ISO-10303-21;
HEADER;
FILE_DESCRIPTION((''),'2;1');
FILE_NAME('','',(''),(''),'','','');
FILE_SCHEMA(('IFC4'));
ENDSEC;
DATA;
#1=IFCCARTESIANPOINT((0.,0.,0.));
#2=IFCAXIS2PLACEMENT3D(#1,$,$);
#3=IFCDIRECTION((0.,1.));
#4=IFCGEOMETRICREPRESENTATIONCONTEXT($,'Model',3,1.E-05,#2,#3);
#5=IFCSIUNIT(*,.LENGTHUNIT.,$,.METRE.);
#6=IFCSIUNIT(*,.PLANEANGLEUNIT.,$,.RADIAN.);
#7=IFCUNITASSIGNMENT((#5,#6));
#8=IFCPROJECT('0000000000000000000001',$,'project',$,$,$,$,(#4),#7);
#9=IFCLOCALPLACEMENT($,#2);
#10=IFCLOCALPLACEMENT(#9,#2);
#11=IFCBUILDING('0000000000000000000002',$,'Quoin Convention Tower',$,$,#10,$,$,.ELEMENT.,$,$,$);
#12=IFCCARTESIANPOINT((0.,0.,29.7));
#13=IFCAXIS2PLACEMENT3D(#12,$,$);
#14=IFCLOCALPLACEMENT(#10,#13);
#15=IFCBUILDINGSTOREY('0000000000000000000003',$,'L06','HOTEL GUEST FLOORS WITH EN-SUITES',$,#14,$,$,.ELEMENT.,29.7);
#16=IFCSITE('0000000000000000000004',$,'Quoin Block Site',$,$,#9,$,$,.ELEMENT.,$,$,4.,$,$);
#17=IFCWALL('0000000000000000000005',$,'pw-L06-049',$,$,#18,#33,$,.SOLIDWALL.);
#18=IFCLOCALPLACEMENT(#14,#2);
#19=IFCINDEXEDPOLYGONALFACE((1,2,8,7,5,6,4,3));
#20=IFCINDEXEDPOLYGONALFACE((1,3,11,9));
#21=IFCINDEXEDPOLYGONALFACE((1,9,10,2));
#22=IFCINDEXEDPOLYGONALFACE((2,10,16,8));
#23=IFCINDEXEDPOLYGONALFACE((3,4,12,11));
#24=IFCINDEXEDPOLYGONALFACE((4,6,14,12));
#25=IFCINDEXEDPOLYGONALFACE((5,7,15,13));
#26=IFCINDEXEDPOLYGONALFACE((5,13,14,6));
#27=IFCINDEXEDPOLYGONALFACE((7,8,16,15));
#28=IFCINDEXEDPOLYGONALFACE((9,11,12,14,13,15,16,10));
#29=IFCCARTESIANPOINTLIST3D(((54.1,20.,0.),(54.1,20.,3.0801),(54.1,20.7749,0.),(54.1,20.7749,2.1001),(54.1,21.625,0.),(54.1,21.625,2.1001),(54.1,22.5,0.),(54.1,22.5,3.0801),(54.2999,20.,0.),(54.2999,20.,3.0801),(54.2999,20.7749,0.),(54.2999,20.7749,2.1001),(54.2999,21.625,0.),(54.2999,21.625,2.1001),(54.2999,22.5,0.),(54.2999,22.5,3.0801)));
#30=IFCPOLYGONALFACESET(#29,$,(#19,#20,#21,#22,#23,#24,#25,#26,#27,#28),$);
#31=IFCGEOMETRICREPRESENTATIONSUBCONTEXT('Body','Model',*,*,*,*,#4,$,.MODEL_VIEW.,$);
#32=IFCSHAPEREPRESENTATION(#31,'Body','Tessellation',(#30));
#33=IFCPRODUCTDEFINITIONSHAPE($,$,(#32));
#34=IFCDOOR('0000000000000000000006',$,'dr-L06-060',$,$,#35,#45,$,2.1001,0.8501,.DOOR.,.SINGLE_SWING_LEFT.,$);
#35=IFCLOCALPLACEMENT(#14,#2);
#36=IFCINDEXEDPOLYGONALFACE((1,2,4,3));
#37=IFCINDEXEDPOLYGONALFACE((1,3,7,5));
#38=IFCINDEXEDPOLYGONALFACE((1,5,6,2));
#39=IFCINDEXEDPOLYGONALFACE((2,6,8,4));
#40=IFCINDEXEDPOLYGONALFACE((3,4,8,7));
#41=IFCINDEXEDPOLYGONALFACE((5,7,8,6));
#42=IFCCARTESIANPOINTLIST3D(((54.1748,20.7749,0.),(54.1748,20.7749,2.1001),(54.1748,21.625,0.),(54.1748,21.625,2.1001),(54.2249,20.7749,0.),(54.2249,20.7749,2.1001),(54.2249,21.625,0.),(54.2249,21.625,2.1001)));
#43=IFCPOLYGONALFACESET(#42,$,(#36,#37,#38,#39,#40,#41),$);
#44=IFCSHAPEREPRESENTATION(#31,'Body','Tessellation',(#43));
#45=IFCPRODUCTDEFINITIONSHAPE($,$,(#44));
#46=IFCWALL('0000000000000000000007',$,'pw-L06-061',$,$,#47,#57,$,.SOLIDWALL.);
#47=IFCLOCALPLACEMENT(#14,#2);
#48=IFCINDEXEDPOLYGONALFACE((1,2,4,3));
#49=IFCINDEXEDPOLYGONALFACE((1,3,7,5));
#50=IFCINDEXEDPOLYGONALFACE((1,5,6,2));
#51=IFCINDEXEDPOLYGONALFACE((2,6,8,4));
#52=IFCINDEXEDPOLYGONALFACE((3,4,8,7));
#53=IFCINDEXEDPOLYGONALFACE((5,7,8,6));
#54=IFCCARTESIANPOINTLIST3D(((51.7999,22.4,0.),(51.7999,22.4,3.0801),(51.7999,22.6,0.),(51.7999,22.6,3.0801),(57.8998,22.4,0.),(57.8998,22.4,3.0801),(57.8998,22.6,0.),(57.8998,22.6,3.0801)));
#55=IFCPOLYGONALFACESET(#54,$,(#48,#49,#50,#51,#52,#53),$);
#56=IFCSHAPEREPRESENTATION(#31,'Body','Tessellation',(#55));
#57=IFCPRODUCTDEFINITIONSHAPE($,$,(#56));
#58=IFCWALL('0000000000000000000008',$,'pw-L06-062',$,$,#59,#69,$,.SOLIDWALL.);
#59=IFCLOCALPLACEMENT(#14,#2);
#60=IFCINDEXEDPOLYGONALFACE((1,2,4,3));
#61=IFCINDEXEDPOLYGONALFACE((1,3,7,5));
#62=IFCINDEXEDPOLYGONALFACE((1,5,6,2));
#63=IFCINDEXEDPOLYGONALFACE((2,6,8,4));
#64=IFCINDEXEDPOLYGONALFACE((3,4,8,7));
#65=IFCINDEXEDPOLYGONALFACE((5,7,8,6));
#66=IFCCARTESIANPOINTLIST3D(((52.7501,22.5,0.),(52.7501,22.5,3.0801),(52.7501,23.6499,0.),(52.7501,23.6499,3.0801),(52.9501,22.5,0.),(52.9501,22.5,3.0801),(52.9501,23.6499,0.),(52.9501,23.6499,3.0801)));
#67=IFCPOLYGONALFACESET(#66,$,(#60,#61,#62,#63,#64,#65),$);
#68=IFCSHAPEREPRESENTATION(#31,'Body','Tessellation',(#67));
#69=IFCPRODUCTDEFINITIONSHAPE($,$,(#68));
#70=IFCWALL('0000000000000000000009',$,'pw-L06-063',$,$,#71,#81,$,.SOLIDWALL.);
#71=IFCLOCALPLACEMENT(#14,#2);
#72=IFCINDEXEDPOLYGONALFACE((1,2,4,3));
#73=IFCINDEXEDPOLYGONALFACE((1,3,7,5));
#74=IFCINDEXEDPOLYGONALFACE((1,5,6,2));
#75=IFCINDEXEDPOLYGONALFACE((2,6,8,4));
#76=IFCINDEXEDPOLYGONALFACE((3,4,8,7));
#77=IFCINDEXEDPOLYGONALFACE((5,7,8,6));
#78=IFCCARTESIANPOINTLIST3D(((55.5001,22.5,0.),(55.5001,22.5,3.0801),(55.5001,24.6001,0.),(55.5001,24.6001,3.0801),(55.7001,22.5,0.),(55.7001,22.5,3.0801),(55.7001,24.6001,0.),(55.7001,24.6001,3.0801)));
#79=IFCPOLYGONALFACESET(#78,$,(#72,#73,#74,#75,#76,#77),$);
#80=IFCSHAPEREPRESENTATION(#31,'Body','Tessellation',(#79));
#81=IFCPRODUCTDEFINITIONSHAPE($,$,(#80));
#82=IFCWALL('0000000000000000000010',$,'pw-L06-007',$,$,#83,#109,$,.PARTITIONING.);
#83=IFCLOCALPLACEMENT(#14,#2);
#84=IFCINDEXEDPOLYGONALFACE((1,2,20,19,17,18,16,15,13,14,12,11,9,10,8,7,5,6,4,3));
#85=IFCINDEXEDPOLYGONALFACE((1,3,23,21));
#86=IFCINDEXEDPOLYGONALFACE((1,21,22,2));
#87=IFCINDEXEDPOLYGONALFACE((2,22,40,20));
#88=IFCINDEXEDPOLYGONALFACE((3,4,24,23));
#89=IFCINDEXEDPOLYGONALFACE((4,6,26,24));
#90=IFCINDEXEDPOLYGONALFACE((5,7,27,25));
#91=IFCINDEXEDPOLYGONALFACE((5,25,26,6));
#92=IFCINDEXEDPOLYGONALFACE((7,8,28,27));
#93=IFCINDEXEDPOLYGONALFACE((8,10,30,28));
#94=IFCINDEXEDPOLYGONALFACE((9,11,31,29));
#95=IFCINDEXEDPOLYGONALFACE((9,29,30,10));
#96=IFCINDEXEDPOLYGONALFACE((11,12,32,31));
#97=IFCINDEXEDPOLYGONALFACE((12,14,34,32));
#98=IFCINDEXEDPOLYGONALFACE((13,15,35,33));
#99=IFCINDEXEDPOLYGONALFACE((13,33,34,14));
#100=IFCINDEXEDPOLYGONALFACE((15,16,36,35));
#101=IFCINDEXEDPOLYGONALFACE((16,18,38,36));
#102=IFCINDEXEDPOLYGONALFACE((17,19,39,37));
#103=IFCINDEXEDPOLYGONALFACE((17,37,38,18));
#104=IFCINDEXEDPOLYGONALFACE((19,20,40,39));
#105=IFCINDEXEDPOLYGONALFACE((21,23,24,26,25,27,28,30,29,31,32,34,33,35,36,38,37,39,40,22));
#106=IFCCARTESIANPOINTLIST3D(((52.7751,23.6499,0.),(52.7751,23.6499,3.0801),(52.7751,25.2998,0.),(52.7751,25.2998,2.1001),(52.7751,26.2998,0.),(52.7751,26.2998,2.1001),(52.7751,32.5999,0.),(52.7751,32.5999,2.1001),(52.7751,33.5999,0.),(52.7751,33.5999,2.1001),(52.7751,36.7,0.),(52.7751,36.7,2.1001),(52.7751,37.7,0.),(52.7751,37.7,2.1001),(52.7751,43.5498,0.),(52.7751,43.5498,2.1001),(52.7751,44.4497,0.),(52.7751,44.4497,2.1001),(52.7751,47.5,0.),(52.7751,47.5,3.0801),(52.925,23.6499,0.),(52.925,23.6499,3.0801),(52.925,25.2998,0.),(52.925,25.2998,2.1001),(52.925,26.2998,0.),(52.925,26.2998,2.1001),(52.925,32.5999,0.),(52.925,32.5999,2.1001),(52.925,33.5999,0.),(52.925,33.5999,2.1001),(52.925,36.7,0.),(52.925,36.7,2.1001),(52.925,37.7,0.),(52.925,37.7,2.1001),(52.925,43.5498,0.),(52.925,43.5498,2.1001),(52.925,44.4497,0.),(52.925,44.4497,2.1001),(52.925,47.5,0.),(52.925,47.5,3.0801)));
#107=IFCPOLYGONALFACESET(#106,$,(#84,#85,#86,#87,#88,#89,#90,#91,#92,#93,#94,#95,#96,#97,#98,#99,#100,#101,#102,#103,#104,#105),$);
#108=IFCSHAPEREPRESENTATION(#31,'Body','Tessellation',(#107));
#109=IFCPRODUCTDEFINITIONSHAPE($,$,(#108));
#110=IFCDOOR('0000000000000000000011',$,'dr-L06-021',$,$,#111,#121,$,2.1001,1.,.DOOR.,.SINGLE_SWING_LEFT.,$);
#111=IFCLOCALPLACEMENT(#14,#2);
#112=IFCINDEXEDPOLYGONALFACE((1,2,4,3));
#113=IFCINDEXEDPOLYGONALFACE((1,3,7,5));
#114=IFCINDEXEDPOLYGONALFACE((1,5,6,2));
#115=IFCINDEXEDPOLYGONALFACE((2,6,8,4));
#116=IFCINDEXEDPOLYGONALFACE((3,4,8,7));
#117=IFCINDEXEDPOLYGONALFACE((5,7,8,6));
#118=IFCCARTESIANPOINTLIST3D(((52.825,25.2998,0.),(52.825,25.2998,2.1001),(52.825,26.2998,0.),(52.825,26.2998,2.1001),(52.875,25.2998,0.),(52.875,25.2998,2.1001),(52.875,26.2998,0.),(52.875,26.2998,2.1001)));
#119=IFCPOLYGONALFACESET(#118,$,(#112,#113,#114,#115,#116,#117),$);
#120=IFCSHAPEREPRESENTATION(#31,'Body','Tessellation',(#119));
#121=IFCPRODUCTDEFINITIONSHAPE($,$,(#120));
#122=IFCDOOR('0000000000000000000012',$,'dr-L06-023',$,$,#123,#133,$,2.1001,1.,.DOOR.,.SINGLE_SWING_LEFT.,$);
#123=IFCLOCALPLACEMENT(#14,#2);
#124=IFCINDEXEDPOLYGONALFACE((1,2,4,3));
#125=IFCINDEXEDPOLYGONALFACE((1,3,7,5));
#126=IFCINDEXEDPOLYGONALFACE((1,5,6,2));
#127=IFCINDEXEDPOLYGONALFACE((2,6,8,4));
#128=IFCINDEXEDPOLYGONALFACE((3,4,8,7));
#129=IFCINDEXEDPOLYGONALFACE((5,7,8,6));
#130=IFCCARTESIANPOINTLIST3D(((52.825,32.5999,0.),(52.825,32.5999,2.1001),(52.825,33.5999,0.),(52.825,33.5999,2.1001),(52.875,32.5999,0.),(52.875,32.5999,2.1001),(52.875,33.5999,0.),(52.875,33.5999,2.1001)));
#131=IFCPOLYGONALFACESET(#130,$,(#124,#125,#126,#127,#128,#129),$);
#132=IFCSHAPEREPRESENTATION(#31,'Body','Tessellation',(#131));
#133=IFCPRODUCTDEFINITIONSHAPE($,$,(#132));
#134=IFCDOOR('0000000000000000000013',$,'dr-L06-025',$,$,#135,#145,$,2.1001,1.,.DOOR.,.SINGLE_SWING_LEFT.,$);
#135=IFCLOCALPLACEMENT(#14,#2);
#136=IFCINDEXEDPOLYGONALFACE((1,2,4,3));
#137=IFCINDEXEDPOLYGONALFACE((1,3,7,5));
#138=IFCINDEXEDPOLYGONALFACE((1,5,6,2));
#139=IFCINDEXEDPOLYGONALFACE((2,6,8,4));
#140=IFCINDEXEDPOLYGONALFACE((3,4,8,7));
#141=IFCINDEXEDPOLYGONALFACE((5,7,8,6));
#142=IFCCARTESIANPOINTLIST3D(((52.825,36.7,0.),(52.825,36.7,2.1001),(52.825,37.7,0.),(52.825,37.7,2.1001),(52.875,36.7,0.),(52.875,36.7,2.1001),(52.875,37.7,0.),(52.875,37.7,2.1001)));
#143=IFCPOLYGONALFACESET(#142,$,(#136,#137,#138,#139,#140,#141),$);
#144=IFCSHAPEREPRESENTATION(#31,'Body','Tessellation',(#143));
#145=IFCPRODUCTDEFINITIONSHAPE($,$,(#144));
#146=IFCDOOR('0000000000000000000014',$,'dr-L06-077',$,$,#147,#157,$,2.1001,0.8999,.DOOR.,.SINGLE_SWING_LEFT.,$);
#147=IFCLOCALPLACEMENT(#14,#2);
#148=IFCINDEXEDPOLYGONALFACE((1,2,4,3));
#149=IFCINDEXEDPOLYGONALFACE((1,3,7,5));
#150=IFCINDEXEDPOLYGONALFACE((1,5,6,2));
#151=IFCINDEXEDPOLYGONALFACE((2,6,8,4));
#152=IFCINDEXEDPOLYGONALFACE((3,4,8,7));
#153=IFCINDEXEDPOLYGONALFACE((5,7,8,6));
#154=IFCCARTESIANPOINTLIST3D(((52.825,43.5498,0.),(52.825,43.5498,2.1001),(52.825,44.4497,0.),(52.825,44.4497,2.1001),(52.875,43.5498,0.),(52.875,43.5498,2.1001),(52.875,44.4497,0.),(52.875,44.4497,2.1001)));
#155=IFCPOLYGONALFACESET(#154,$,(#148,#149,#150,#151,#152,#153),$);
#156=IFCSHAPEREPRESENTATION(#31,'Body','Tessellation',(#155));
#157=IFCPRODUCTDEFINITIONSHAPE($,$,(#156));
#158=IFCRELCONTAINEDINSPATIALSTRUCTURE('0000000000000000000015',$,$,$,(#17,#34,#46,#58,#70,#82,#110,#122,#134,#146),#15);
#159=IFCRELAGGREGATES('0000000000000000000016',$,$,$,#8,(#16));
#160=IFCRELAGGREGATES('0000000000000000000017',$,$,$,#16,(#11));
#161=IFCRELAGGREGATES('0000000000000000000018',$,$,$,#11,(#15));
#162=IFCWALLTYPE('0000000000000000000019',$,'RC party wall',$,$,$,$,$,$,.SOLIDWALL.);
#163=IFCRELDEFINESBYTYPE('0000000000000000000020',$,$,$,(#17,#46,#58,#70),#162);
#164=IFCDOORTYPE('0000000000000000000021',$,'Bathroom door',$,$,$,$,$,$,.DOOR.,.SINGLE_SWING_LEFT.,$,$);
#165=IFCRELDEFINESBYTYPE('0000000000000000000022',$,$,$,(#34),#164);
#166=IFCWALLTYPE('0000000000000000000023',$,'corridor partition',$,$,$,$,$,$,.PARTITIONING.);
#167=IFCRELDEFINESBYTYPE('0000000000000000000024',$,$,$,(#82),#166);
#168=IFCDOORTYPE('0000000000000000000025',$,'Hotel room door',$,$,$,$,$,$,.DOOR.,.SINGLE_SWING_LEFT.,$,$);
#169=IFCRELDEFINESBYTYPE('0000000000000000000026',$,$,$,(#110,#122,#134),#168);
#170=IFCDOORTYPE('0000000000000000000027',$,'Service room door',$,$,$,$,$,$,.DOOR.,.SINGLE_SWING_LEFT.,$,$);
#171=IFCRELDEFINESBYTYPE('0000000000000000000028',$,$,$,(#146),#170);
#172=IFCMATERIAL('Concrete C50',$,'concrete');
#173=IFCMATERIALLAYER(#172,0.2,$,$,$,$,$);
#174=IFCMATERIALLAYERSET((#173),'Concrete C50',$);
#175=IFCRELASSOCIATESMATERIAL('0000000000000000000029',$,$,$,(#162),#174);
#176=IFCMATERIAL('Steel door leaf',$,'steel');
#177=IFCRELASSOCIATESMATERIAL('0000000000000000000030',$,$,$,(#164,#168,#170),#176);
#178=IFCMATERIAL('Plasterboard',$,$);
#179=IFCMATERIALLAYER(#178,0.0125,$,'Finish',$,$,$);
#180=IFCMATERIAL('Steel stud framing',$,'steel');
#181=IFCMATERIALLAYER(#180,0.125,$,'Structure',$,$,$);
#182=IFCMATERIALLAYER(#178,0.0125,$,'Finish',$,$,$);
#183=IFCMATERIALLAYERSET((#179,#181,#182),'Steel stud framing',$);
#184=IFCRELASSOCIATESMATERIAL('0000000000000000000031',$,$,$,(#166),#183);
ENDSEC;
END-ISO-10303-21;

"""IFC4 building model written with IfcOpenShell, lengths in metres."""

from ifc_helpers import new_model, si_unit, direction, frame, frame_2d, origin, place, context, subcontext, project, spatial, rectangle, extrude, material, layer, layer_set, type_object, element, fill, save


model = new_model("IFC4")

# Units and contexts
model_context = context("Model", 3, precision=1e-05, world=origin(), true_north=direction((0.0, 1.0)))
body_context = subcontext(model_context, "Body", "Model", "MODEL_VIEW")
ifc_project = project(units=[si_unit("LENGTHUNIT", "METRE"), si_unit("PLANEANGLEUNIT", "RADIAN")], contexts=[model_context])

# Site, building, storey
site_placement = place(None, origin())
site = spatial("IfcSite", under=ifc_project, at=site_placement, Name="Quoin Block Site", CompositionType="ELEMENT", RefElevation=4.0)
building_placement = place(site_placement, origin())
building = spatial("IfcBuilding", under=site, at=building_placement, Name="Quoin Convention Tower", CompositionType="ELEMENT")
storey_placement = place(building_placement, frame((0.0, 0.0, 29.7)))
storey = spatial("IfcBuildingStorey", under=building, at=storey_placement, Name="L06", Description="HOTEL GUEST FLOORS WITH EN-SUITES", CompositionType="ELEMENT", Elevation=29.7)

# Shared definitions
ifc_material_1 = material(Name="Concrete C50", Category="concrete")
ifc_layer_1 = layer(ifc_material_1, 0.2)
ifc_layer_set_1 = layer_set([ifc_layer_1], Name="Concrete C50")
wall_type_1 = type_object("IfcWallType", Name="RC party wall", PredefinedType="SOLIDWALL", material=ifc_layer_set_1)

# Wall, opening, door
wall_1_placement = place(storey_placement, frame((54.2, 20.0, 0.0), z_axis=(0.0, 0.0, 1.0), x_axis=(0.0, 1.0, 0.0)))
wall_1 = element("IfcWall", 1, at=wall_1_placement, inside=storey, type_object=wall_type_1, Name="pw-L06-049", PredefinedType="SOLIDWALL", context=body_context, shape_type="SweptSolid", body=[
    extrude(rectangle(XDim=2.5, YDim=0.2, at=frame_2d((1.25, 0.0))), origin(), (0.0, 0.0, 1.0), 3.0801),
])
opening_1_placement = place(wall_1_placement, frame((0.7749, 0.0, 0.0)))
opening_1 = element("IfcOpeningElement", 2, at=opening_1_placement, cuts=wall_1, PredefinedType="OPENING", context=body_context, shape_type="SweptSolid", body=[
    extrude(rectangle(XDim=0.8501, YDim=2.1001, at=frame_2d((0.425, 1.05))), frame((0.0, 0.1099, 0.0), z_axis=(0.0, -1.0, 0.0), x_axis=(1.0, 0.0, 0.0)), (0.0, 0.0, 1.0), 0.22),
])
ifc_material_2 = material(Name="Steel door leaf", Category="steel")
door_type_1 = type_object("IfcDoorType", Name="Bathroom door", OperationType="SINGLE_SWING_LEFT", PredefinedType="DOOR", material=ifc_material_2)
door_1_placement = place(opening_1_placement, frame((0.8501, 0.0, 0.0), z_axis=(0.0, 0.0, 1.0), x_axis=(-1.0, 0.0, 0.0)))
door_1 = element("IfcDoor", 3, at=door_1_placement, inside=storey, type_object=door_type_1, Name="dr-L06-060", OperationType="SINGLE_SWING_LEFT", OverallHeight=2.1001, OverallWidth=0.8501, PredefinedType="DOOR", context=body_context, shape_type="SweptSolid", body=[
    extrude(rectangle(XDim=0.8501, YDim=2.1001, at=frame_2d((0.425, 1.05))), frame((0.0, 0.0249, 0.0), z_axis=(0.0, -1.0, 0.0), x_axis=(1.0, 0.0, 0.0)), (0.0, 0.0, 1.0), 0.05),
])
fill(opening_1, door_1)

# Walls
wall_2_placement = place(storey_placement, frame((51.8, 22.5, 0.0), z_axis=(0.0, 0.0, 1.0), x_axis=(1.0, 0.0, 0.0)))
element("IfcWall", 4, at=wall_2_placement, inside=storey, type_object=wall_type_1, Name="pw-L06-061", PredefinedType="SOLIDWALL", context=body_context, shape_type="SweptSolid", body=[
    extrude(rectangle(XDim=6.0999, YDim=0.2, at=frame_2d((3.0498, 0.0))), origin(), (0.0, 0.0, 1.0), 3.0801),
])
wall_3_placement = place(storey_placement, frame((52.8501, 22.5, 0.0), z_axis=(0.0, 0.0, 1.0), x_axis=(0.0, 1.0, 0.0)))
element("IfcWall", 5, at=wall_3_placement, inside=storey, type_object=wall_type_1, Name="pw-L06-062", PredefinedType="SOLIDWALL", context=body_context, shape_type="SweptSolid", body=[
    extrude(rectangle(XDim=1.1499, YDim=0.2, at=frame_2d((0.575, 0.0))), origin(), (0.0, 0.0, 1.0), 3.0801),
])
wall_4_placement = place(storey_placement, frame((55.6001, 22.5, 0.0), z_axis=(0.0, 0.0, 1.0), x_axis=(0.0, 1.0, 0.0)))
element("IfcWall", 6, at=wall_4_placement, inside=storey, type_object=wall_type_1, Name="pw-L06-063", PredefinedType="SOLIDWALL", context=body_context, shape_type="SweptSolid", body=[
    extrude(rectangle(XDim=2.1001, YDim=0.2, at=frame_2d((1.05, 0.0))), origin(), (0.0, 0.0, 1.0), 3.0801),
])

# Wall, openings, doors
ifc_material_3 = material(Name="Plasterboard")
ifc_layer_2 = layer(ifc_material_3, 0.0125, Name="Finish")
ifc_material_4 = material(Name="Steel stud framing", Category="steel")
ifc_layer_3 = layer(ifc_material_4, 0.125, Name="Structure")
ifc_layer_4 = layer(ifc_material_3, 0.0125, Name="Finish")
ifc_layer_set_2 = layer_set([ifc_layer_2, ifc_layer_3, ifc_layer_4], Name="Steel stud framing")
wall_type_2 = type_object("IfcWallType", Name="corridor partition", PredefinedType="PARTITIONING", material=ifc_layer_set_2)
wall_5_placement = place(storey_placement, frame((52.8501, 23.6499, 0.0), z_axis=(0.0, 0.0, 1.0), x_axis=(0.0, 1.0, 0.0)))
wall_5 = element("IfcWall", 7, at=wall_5_placement, inside=storey, type_object=wall_type_2, Name="pw-L06-007", PredefinedType="PARTITIONING", context=body_context, shape_type="SweptSolid", body=[
    extrude(rectangle(XDim=23.8501, YDim=0.1499, at=frame_2d((11.925, 0.0))), origin(), (0.0, 0.0, 1.0), 3.0801),
])
opening_2_placement = place(wall_5_placement, frame((1.6499, 0.0, 0.0)))
opening_2 = element("IfcOpeningElement", 8, at=opening_2_placement, cuts=wall_5, PredefinedType="OPENING", context=body_context, shape_type="SweptSolid", body=[
    extrude(rectangle(XDim=1.0, YDim=2.1001, at=frame_2d((0.5, 1.05))), frame((0.0, 0.085, 0.0), z_axis=(0.0, -1.0, 0.0), x_axis=(1.0, 0.0, 0.0)), (0.0, 0.0, 1.0), 0.1699),
])
opening_3_placement = place(wall_5_placement, frame((8.95, 0.0, 0.0)))
opening_3 = element("IfcOpeningElement", 9, at=opening_3_placement, cuts=wall_5, PredefinedType="OPENING", context=body_context, shape_type="SweptSolid", body=[
    extrude(rectangle(XDim=1.0, YDim=2.1001, at=frame_2d((0.5, 1.05))), frame((0.0, 0.085, 0.0), z_axis=(0.0, -1.0, 0.0), x_axis=(1.0, 0.0, 0.0)), (0.0, 0.0, 1.0), 0.1699),
])
opening_4_placement = place(wall_5_placement, frame((13.05, 0.0, 0.0)))
opening_4 = element("IfcOpeningElement", 10, at=opening_4_placement, cuts=wall_5, PredefinedType="OPENING", context=body_context, shape_type="SweptSolid", body=[
    extrude(rectangle(XDim=1.0, YDim=2.1001, at=frame_2d((0.5, 1.05))), frame((0.0, 0.085, 0.0), z_axis=(0.0, -1.0, 0.0), x_axis=(1.0, 0.0, 0.0)), (0.0, 0.0, 1.0), 0.1699),
])
opening_5_placement = place(wall_5_placement, frame((19.8999, 0.0, 0.0)))
opening_5 = element("IfcOpeningElement", 11, at=opening_5_placement, cuts=wall_5, PredefinedType="OPENING", context=body_context, shape_type="SweptSolid", body=[
    extrude(rectangle(XDim=0.8999, YDim=2.1001, at=frame_2d((0.45, 1.05))), frame((0.0, 0.085, 0.0), z_axis=(0.0, -1.0, 0.0), x_axis=(1.0, 0.0, 0.0)), (0.0, 0.0, 1.0), 0.1699),
])
door_type_2 = type_object("IfcDoorType", Name="Hotel room door", OperationType="SINGLE_SWING_LEFT", PredefinedType="DOOR", material=ifc_material_2)
door_2_placement = place(opening_2_placement, frame((1.0, 0.0, 0.0), z_axis=(0.0, 0.0, 1.0), x_axis=(-1.0, 0.0, 0.0)))
door_2 = element("IfcDoor", 12, at=door_2_placement, inside=storey, type_object=door_type_2, Name="dr-L06-021", OperationType="SINGLE_SWING_LEFT", OverallHeight=2.1001, OverallWidth=1.0, PredefinedType="DOOR", context=body_context, shape_type="SweptSolid", body=[
    extrude(rectangle(XDim=1.0, YDim=2.1001, at=frame_2d((0.5, 1.05))), frame((0.0, 0.0249, 0.0), z_axis=(0.0, -1.0, 0.0), x_axis=(1.0, 0.0, 0.0)), (0.0, 0.0, 1.0), 0.05),
])
fill(opening_2, door_2)
door_3_placement = place(opening_3_placement, frame((1.0, 0.0, 0.0), z_axis=(0.0, 0.0, 1.0), x_axis=(-1.0, 0.0, 0.0)))
door_3 = element("IfcDoor", 13, at=door_3_placement, inside=storey, type_object=door_type_2, Name="dr-L06-023", OperationType="SINGLE_SWING_LEFT", OverallHeight=2.1001, OverallWidth=1.0, PredefinedType="DOOR", context=body_context, shape_type="SweptSolid", body=[
    extrude(rectangle(XDim=1.0, YDim=2.1001, at=frame_2d((0.5, 1.05))), frame((0.0, 0.0249, 0.0), z_axis=(0.0, -1.0, 0.0), x_axis=(1.0, 0.0, 0.0)), (0.0, 0.0, 1.0), 0.05),
])
fill(opening_3, door_3)
door_4_placement = place(opening_4_placement, frame((1.0, 0.0, 0.0), z_axis=(0.0, 0.0, 1.0), x_axis=(-1.0, 0.0, 0.0)))
door_4 = element("IfcDoor", 14, at=door_4_placement, inside=storey, type_object=door_type_2, Name="dr-L06-025", OperationType="SINGLE_SWING_LEFT", OverallHeight=2.1001, OverallWidth=1.0, PredefinedType="DOOR", context=body_context, shape_type="SweptSolid", body=[
    extrude(rectangle(XDim=1.0, YDim=2.1001, at=frame_2d((0.5, 1.05))), frame((0.0, 0.0249, 0.0), z_axis=(0.0, -1.0, 0.0), x_axis=(1.0, 0.0, 0.0)), (0.0, 0.0, 1.0), 0.05),
])
fill(opening_4, door_4)
door_type_3 = type_object("IfcDoorType", Name="Service room door", OperationType="SINGLE_SWING_LEFT", PredefinedType="DOOR", material=ifc_material_2)
door_5_placement = place(opening_5_placement, frame((0.8999, 0.0, 0.0), z_axis=(0.0, 0.0, 1.0), x_axis=(-1.0, 0.0, 0.0)))
door_5 = element("IfcDoor", 15, at=door_5_placement, inside=storey, type_object=door_type_3, Name="dr-L06-077", OperationType="SINGLE_SWING_LEFT", OverallHeight=2.1001, OverallWidth=0.8999, PredefinedType="DOOR", context=body_context, shape_type="SweptSolid", body=[
    extrude(rectangle(XDim=0.8999, YDim=2.1001, at=frame_2d((0.45, 1.05))), frame((0.0, 0.0249, 0.0), z_axis=(0.0, -1.0, 0.0), x_axis=(1.0, 0.0, 0.0)), (0.0, 0.0, 1.0), 0.05),
])
fill(opening_5, door_5)

save(model, "model.ifc")
